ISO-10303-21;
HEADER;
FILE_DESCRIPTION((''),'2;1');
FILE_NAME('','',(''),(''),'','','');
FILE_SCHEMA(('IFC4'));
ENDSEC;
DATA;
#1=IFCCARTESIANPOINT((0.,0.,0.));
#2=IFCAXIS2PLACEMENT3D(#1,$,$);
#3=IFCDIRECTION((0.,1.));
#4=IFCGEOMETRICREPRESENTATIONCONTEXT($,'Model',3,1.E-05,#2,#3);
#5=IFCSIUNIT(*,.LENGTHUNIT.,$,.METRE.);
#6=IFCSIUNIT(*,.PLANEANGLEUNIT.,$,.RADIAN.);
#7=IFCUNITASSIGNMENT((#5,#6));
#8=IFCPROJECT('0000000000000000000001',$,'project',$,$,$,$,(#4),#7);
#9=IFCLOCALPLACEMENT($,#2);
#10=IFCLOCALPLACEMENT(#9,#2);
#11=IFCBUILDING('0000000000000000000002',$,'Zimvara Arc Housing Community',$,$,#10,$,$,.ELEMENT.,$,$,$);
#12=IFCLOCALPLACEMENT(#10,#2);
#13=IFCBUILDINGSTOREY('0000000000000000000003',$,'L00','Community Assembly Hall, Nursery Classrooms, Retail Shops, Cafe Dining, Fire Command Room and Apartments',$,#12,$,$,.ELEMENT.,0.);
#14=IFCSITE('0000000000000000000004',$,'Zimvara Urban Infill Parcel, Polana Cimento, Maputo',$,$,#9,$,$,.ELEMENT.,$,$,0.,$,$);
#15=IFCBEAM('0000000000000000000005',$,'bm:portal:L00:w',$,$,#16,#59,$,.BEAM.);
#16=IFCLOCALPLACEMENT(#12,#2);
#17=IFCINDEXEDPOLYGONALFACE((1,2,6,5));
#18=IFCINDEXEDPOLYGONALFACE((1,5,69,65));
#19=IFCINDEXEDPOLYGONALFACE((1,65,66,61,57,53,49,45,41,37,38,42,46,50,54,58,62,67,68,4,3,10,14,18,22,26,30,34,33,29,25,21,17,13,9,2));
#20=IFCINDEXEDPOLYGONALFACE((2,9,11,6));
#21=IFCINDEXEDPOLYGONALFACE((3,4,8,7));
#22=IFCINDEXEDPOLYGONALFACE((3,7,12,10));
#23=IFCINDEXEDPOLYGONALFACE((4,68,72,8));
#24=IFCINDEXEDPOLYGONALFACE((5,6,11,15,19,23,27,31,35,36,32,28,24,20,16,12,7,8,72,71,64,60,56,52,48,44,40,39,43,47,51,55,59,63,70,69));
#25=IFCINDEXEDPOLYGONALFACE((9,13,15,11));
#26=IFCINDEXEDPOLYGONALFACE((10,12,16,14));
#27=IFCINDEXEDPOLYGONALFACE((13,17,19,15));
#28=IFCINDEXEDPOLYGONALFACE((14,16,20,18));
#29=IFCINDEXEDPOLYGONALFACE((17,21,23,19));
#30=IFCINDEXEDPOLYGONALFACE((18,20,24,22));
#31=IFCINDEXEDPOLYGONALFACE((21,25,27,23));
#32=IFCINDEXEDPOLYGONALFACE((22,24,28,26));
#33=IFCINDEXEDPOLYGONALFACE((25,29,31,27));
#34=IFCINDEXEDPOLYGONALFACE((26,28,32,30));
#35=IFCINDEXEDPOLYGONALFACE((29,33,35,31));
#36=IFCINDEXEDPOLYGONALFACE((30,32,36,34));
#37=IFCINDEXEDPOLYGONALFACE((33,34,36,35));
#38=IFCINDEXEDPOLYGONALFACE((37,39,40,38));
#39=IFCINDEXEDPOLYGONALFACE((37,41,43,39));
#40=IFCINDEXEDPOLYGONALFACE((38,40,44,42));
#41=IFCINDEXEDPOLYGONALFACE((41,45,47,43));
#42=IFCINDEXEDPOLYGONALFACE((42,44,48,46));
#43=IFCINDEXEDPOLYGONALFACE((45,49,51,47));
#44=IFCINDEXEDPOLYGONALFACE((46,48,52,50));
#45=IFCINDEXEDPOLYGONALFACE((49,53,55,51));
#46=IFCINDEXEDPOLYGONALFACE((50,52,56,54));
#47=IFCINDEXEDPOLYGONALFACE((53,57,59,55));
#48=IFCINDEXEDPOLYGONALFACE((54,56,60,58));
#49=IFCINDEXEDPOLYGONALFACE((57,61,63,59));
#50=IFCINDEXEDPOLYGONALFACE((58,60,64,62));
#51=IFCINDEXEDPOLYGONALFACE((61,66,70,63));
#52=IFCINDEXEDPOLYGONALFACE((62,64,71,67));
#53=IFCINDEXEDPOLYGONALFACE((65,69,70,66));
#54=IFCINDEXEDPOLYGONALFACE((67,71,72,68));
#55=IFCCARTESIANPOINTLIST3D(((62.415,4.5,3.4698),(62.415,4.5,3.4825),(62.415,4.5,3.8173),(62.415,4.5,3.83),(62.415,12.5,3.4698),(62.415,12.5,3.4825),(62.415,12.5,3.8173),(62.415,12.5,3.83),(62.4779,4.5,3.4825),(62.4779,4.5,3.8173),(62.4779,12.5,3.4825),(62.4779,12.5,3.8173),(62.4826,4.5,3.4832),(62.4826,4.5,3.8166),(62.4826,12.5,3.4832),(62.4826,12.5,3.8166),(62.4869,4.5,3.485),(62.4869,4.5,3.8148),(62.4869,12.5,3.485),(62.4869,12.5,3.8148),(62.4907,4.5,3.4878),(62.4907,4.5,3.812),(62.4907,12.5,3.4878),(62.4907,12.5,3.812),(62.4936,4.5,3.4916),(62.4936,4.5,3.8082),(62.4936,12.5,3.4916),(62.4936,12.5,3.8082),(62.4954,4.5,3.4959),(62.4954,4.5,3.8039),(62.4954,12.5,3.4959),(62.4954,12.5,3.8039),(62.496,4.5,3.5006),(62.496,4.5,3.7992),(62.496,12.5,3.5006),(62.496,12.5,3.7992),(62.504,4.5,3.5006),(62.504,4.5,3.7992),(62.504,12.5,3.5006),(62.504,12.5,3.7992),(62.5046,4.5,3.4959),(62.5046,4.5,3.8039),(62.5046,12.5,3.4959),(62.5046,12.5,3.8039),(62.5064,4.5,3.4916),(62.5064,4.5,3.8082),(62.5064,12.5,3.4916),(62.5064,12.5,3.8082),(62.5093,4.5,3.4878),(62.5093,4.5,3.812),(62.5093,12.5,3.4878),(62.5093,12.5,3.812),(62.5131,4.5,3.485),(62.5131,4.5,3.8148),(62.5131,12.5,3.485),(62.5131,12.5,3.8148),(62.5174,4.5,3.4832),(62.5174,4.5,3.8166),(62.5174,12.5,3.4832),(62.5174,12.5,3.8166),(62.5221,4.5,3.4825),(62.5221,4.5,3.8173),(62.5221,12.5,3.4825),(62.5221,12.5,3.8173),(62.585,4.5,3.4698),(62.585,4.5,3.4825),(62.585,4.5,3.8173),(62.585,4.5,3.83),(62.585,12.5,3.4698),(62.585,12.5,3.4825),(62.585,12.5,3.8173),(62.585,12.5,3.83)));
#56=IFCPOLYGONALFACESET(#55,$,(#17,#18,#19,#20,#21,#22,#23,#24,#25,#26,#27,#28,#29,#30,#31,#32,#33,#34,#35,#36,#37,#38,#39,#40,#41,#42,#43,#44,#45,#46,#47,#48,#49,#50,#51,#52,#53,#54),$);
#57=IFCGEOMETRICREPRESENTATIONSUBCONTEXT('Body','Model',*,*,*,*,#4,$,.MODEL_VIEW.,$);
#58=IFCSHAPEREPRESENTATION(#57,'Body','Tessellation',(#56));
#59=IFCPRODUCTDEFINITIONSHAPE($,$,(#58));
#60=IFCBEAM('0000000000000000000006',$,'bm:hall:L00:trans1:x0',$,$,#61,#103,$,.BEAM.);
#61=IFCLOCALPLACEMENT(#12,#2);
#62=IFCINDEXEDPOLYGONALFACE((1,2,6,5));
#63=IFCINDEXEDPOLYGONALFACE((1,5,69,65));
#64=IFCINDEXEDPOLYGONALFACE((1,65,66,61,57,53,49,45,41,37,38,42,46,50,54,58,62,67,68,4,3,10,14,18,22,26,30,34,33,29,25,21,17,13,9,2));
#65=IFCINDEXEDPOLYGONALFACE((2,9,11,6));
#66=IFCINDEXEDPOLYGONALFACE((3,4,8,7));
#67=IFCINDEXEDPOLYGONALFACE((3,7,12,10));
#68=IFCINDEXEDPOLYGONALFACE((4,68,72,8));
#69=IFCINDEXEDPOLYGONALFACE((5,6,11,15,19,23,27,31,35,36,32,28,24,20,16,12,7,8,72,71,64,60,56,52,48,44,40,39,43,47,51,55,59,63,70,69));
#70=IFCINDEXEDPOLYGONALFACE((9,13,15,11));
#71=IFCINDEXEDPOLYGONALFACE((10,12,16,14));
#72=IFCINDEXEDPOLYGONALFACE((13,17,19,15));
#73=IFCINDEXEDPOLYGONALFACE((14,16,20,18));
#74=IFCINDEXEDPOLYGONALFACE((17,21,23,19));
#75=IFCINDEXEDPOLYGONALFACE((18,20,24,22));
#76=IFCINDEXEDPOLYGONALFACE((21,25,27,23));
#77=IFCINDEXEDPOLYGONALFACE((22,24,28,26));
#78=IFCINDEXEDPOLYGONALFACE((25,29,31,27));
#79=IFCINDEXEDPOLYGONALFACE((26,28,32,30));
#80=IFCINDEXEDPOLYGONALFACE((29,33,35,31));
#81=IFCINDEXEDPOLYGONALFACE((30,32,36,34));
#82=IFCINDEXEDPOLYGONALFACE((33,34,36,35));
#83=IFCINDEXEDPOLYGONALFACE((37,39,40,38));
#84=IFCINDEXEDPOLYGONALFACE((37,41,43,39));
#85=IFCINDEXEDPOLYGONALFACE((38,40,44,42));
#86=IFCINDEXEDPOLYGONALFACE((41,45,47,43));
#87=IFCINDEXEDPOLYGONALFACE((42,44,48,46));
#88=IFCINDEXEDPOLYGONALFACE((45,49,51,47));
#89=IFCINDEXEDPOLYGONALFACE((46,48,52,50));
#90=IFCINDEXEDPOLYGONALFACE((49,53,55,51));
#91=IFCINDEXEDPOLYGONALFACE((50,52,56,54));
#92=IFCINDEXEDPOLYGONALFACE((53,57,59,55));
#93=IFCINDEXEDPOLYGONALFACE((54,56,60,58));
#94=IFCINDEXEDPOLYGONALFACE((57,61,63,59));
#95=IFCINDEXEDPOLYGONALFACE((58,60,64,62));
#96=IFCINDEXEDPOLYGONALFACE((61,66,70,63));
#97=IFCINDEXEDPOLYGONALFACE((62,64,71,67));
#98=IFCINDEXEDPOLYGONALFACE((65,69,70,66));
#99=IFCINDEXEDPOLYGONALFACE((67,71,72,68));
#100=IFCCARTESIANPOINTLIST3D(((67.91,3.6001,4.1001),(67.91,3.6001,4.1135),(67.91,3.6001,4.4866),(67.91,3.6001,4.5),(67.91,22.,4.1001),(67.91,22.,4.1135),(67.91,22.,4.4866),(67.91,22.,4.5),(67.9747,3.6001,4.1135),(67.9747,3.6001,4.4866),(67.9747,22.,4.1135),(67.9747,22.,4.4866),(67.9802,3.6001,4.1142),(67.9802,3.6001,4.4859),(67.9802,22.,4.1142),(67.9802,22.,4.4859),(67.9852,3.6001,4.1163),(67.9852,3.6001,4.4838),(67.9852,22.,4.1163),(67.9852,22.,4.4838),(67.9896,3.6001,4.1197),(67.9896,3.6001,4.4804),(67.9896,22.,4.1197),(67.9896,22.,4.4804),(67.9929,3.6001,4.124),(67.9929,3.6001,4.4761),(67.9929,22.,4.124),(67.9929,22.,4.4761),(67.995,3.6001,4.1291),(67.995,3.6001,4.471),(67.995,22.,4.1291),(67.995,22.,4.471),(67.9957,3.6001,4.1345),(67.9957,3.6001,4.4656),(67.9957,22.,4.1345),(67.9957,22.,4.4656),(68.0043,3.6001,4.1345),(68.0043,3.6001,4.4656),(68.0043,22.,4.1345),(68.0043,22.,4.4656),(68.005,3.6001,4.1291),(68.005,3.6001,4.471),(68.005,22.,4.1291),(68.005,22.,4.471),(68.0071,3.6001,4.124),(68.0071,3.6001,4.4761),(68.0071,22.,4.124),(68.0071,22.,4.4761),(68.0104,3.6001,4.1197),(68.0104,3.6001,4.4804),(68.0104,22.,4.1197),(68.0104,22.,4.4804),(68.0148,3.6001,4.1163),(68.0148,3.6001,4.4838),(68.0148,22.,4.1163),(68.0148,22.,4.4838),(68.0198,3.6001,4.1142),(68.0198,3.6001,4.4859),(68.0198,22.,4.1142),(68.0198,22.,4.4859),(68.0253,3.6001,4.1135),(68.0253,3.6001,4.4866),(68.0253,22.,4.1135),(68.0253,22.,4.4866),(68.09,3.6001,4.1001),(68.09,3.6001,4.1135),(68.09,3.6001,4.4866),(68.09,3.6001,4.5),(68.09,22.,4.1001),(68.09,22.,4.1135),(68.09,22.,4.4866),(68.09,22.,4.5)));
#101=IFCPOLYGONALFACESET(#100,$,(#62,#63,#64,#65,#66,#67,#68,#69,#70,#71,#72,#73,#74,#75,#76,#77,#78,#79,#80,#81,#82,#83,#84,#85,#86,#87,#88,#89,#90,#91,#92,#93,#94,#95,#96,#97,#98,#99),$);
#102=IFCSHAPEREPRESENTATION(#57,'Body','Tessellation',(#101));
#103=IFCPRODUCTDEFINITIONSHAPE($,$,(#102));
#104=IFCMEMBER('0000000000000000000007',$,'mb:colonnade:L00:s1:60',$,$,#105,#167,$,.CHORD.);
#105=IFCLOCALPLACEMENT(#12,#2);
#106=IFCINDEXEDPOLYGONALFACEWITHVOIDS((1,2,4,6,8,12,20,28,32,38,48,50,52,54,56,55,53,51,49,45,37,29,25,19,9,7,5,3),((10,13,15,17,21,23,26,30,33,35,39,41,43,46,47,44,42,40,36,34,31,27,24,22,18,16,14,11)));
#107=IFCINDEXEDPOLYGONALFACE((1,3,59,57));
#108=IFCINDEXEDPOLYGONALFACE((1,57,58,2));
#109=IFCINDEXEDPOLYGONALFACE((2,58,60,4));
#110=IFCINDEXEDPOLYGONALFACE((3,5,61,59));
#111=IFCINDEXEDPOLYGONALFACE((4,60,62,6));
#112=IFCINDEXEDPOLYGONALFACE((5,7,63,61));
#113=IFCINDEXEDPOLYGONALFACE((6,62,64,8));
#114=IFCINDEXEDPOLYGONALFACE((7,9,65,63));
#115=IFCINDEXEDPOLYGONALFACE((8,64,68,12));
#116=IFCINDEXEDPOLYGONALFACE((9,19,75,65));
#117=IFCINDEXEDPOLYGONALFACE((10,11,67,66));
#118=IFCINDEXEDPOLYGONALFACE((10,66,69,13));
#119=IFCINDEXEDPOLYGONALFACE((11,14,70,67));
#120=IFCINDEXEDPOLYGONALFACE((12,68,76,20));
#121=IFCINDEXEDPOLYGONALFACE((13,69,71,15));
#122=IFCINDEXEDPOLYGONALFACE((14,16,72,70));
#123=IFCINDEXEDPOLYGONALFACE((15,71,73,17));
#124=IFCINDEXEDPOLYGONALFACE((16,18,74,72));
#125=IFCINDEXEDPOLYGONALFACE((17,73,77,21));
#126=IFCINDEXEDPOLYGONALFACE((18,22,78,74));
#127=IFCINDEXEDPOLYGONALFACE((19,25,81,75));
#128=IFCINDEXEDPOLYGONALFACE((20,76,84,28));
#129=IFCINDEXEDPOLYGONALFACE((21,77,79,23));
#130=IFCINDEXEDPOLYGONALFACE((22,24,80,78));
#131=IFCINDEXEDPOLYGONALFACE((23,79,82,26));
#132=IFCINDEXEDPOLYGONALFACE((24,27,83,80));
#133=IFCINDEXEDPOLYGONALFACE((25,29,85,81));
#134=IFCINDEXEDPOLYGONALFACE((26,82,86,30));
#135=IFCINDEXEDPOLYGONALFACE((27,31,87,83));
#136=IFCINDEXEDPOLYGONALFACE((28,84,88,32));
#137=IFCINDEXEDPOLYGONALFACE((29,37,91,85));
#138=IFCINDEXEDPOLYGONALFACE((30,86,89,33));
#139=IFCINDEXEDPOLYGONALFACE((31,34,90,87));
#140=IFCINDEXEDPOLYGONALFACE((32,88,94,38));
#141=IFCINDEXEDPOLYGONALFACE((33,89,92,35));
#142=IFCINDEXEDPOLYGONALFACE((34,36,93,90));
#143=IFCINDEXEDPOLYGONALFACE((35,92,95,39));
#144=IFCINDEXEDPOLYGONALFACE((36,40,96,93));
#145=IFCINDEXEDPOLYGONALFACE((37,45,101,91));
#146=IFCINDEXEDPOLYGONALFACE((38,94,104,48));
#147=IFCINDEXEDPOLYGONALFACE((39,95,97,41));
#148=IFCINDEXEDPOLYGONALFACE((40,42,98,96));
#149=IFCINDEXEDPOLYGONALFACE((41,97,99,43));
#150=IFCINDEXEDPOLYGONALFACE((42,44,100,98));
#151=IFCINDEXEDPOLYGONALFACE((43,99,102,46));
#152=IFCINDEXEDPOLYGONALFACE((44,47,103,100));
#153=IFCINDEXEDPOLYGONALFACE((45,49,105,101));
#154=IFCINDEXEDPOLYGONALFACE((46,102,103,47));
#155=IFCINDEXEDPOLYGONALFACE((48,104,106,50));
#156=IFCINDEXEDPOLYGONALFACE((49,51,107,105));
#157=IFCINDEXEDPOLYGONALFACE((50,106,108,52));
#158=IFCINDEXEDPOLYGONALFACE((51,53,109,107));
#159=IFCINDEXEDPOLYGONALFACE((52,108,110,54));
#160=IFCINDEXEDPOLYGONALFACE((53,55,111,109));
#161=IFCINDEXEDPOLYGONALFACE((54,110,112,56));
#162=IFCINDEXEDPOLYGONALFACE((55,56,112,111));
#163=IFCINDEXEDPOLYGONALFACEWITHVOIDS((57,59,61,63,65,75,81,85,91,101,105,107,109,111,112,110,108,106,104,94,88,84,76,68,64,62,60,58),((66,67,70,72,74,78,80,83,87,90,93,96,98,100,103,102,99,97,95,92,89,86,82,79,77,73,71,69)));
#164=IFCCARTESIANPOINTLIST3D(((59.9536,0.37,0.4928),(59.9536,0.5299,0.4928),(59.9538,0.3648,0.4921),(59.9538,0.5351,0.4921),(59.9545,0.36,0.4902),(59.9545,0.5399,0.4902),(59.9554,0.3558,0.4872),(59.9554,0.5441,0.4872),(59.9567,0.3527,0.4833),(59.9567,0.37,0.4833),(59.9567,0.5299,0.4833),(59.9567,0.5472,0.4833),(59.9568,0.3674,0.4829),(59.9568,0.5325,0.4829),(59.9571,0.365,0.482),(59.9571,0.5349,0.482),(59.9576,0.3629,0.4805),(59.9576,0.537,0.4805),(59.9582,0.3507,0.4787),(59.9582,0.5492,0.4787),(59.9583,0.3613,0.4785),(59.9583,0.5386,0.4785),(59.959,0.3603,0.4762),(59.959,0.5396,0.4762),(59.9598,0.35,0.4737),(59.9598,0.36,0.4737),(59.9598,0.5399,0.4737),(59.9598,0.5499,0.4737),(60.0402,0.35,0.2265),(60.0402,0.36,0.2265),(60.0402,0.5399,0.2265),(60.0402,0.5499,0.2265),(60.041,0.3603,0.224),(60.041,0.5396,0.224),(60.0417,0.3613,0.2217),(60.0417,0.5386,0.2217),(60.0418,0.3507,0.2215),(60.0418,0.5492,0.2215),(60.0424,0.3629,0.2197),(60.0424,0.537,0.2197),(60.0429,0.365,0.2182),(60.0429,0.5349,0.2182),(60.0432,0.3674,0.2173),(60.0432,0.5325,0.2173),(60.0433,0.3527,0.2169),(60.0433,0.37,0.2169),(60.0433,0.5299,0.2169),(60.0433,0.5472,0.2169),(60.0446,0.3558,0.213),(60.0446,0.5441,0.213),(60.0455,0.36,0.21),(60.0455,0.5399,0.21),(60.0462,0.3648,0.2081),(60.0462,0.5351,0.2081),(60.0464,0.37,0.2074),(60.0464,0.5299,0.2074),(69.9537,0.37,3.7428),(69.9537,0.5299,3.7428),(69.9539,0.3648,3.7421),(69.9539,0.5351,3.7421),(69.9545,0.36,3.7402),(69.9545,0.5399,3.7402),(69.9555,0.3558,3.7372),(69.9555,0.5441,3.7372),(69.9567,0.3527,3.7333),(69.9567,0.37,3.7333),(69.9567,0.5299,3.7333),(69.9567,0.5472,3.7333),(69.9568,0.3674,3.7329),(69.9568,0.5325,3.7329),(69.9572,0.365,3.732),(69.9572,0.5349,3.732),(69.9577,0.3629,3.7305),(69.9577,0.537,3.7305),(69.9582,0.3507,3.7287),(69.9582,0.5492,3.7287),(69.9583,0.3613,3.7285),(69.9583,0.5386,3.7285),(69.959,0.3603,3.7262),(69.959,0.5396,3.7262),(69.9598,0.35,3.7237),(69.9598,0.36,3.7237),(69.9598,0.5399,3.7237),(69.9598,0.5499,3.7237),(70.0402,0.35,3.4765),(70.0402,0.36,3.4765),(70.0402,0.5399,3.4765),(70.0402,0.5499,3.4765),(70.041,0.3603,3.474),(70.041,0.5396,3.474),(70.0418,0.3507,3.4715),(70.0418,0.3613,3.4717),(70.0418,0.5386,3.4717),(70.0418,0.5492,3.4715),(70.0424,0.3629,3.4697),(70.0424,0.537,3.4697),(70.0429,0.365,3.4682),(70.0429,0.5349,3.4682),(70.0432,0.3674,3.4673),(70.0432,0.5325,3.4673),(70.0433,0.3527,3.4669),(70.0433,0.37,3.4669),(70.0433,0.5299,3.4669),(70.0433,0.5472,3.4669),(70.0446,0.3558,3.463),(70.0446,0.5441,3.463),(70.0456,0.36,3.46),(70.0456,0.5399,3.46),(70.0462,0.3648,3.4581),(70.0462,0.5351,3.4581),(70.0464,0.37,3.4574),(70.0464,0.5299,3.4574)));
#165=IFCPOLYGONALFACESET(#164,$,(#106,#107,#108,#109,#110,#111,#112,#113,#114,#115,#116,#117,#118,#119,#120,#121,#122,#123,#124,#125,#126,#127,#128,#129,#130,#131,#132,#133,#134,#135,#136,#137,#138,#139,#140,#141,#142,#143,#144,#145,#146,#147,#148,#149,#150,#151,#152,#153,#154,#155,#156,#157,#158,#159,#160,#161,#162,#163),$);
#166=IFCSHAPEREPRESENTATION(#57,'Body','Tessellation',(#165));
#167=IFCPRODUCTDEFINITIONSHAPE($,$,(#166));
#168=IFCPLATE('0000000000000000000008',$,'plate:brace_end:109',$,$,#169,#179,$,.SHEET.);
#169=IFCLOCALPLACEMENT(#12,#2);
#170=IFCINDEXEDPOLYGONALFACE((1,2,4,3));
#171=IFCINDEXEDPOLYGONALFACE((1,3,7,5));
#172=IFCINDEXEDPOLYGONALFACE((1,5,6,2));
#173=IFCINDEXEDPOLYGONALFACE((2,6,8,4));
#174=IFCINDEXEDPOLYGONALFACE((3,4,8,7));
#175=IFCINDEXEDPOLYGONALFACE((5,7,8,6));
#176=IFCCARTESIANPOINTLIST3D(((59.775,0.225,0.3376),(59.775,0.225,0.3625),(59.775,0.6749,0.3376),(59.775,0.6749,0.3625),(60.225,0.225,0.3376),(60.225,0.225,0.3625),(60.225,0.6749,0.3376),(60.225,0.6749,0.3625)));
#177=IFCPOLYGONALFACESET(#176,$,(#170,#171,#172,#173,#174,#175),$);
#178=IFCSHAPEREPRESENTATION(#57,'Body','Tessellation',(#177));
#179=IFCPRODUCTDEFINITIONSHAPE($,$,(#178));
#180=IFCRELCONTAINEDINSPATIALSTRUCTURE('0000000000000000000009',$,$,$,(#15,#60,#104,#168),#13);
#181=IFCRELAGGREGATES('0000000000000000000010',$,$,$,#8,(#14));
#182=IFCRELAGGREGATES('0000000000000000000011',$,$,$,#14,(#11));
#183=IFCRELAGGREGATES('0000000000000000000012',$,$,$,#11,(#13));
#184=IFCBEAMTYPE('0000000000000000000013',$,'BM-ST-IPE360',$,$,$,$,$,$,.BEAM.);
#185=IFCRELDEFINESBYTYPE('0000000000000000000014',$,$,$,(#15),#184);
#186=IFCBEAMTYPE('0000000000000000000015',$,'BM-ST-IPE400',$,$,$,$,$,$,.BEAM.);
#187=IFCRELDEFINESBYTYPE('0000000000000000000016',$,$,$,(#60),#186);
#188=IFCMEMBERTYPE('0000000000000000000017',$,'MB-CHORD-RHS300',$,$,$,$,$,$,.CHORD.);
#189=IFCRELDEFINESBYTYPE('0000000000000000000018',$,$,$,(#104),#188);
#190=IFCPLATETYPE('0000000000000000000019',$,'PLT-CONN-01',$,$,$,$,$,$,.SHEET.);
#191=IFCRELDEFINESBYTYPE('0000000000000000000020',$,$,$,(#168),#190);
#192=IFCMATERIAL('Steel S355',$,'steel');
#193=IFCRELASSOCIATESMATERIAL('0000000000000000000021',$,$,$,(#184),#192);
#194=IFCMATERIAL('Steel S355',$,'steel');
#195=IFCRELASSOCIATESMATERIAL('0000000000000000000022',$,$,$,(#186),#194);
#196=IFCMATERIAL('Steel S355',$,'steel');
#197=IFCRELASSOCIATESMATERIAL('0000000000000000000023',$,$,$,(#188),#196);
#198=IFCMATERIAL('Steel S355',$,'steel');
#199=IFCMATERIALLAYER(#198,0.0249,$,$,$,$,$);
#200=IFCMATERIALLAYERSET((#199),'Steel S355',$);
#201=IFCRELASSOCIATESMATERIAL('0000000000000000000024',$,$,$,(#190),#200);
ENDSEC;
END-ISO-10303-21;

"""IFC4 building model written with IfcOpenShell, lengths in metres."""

from ifc_helpers import new_model, si_unit, direction, frame, origin, origin_2d, place, context, subcontext, project, spatial, rectangle, hollow_rectangle, i_section, extrude, material, layer, layer_set, material_profile, profile_set, type_object, element, save


model = new_model("IFC4")

# Units and contexts
model_context = context("Model", 3, precision=1e-05, world=origin(), true_north=direction((0.0, 1.0)))
body_context = subcontext(model_context, "Body", "Model", "MODEL_VIEW")
ifc_project = project(units=[si_unit("LENGTHUNIT", "METRE"), si_unit("PLANEANGLEUNIT", "RADIAN")], contexts=[model_context])

# Site, building, storey
site_placement = place(None, origin())
site = spatial("IfcSite", under=ifc_project, at=site_placement, Name="Zimvara Urban Infill Parcel, Polana Cimento, Maputo", CompositionType="ELEMENT", RefElevation=0.0)
building_placement = place(site_placement, origin())
building = spatial("IfcBuilding", under=site, at=building_placement, Name="Zimvara Arc Housing Community", CompositionType="ELEMENT")
storey_placement = place(building_placement, origin())
storey = spatial("IfcBuildingStorey", under=building, at=storey_placement, Name="L00", Description="Community Assembly Hall, Nursery Classrooms, Retail Shops, Cafe Dining, Fire Command Room and Apartments", CompositionType="ELEMENT", Elevation=0.0)

# Beams
ifc_material_1 = material(Name="Steel S355", Category="steel")
ifc_material_profile_1 = material_profile(ifc_material_1, i_section(OverallWidth=0.1699, OverallDepth=0.3601, WebThickness=0.0081, FlangeThickness=0.0127, FilletRadius=0.0181, at=origin_2d()), Name="IPE 360")
ifc_profile_set_1 = profile_set([ifc_material_profile_1], Name="Steel S355")
beam_type_1 = type_object("IfcBeamType", Name="BM-ST-IPE360", PredefinedType="BEAM", material=ifc_profile_set_1)
beam_1_placement = place(storey_placement, frame((62.5, 4.5, 3.6499), z_axis=(0.0, 1.0, 0.0), x_axis=(-1.0, 0.0, 0.0)))
element("IfcBeam", 1, at=beam_1_placement, inside=storey, type_object=beam_type_1, Name="bm:portal:L00:w", PredefinedType="BEAM", context=body_context, shape_type="SweptSolid", body=[
    extrude(i_section(OverallWidth=0.1699, OverallDepth=0.3601, WebThickness=0.0081, FlangeThickness=0.0127, FilletRadius=0.0181, at=origin_2d()), origin(), (0.0, 0.0, 1.0), 8.0),
])
ifc_material_2 = material(Name="Steel S355", Category="steel")
ifc_material_profile_2 = material_profile(ifc_material_2, i_section(OverallWidth=0.1799, OverallDepth=0.3999, WebThickness=0.0085, FlangeThickness=0.0134, FilletRadius=0.021, at=origin_2d()), Name="IPE 400")
ifc_profile_set_2 = profile_set([ifc_material_profile_2], Name="Steel S355")
beam_type_2 = type_object("IfcBeamType", Name="BM-ST-IPE400", PredefinedType="BEAM", material=ifc_profile_set_2)
beam_2_placement = place(storey_placement, frame((68.0, 3.6001, 4.3), z_axis=(0.0, 1.0, 0.0), x_axis=(-1.0, 0.0, 0.0)))
element("IfcBeam", 2, at=beam_2_placement, inside=storey, type_object=beam_type_2, Name="bm:hall:L00:trans1:x0", PredefinedType="BEAM", context=body_context, shape_type="SweptSolid", body=[
    extrude(i_section(OverallWidth=0.1799, OverallDepth=0.3999, WebThickness=0.0085, FlangeThickness=0.0134, FilletRadius=0.021, at=origin_2d()), origin(), (0.0, 0.0, 1.0), 18.3999),
])

# Member
ifc_material_3 = material(Name="Steel S355", Category="steel")
ifc_material_profile_3 = material_profile(ifc_material_3, hollow_rectangle(XDim=0.2, YDim=0.3, WallThickness=0.01, InnerFilletRadius=0.01, OuterFilletRadius=0.02, at=origin_2d()), Name="RHS 300x200x10.0")
ifc_profile_set_3 = profile_set([ifc_material_profile_3], Name="Steel S355")
member_type = type_object("IfcMemberType", Name="MB-CHORD-RHS300", PredefinedType="CHORD", material=ifc_profile_set_3)
member_placement = place(storey_placement, frame((60.0, 0.45, 0.3501), z_axis=(0.951034, 0.0, 0.309086), x_axis=(0.0, 1.0, 0.0)))
element("IfcMember", 3, at=member_placement, inside=storey, type_object=member_type, Name="mb:colonnade:L00:s1:60", PredefinedType="CHORD", context=body_context, shape_type="SweptSolid", body=[
    extrude(hollow_rectangle(XDim=0.2, YDim=0.3, WallThickness=0.01, InnerFilletRadius=0.01, OuterFilletRadius=0.02, at=origin_2d()), origin(), (0.0, 0.0, 1.0), 10.5149),
])

# Plate
ifc_material_4 = material(Name="Steel S355", Category="steel")
ifc_layer_1 = layer(ifc_material_4, 0.0249)
ifc_layer_set_1 = layer_set([ifc_layer_1], Name="Steel S355")
plate_type_1 = type_object("IfcPlateType", Name="PLT-CONN-01", PredefinedType="SHEET", material=ifc_layer_set_1)
plate_1_placement = place(storey_placement, frame((60.0, 0.45, 0.3376), z_axis=(0.0, 0.0, 1.0), x_axis=(1.0, 0.0, 0.0)))
element("IfcPlate", 4, at=plate_1_placement, inside=storey, type_object=plate_type_1, Name="plate:brace_end:109", PredefinedType="SHEET", context=body_context, shape_type="SweptSolid", body=[
    extrude(rectangle(XDim=0.45, YDim=0.45, at=origin_2d()), origin(), (0.0, 0.0, 1.0), 0.0249),
])

save(model, "model.ifc")
